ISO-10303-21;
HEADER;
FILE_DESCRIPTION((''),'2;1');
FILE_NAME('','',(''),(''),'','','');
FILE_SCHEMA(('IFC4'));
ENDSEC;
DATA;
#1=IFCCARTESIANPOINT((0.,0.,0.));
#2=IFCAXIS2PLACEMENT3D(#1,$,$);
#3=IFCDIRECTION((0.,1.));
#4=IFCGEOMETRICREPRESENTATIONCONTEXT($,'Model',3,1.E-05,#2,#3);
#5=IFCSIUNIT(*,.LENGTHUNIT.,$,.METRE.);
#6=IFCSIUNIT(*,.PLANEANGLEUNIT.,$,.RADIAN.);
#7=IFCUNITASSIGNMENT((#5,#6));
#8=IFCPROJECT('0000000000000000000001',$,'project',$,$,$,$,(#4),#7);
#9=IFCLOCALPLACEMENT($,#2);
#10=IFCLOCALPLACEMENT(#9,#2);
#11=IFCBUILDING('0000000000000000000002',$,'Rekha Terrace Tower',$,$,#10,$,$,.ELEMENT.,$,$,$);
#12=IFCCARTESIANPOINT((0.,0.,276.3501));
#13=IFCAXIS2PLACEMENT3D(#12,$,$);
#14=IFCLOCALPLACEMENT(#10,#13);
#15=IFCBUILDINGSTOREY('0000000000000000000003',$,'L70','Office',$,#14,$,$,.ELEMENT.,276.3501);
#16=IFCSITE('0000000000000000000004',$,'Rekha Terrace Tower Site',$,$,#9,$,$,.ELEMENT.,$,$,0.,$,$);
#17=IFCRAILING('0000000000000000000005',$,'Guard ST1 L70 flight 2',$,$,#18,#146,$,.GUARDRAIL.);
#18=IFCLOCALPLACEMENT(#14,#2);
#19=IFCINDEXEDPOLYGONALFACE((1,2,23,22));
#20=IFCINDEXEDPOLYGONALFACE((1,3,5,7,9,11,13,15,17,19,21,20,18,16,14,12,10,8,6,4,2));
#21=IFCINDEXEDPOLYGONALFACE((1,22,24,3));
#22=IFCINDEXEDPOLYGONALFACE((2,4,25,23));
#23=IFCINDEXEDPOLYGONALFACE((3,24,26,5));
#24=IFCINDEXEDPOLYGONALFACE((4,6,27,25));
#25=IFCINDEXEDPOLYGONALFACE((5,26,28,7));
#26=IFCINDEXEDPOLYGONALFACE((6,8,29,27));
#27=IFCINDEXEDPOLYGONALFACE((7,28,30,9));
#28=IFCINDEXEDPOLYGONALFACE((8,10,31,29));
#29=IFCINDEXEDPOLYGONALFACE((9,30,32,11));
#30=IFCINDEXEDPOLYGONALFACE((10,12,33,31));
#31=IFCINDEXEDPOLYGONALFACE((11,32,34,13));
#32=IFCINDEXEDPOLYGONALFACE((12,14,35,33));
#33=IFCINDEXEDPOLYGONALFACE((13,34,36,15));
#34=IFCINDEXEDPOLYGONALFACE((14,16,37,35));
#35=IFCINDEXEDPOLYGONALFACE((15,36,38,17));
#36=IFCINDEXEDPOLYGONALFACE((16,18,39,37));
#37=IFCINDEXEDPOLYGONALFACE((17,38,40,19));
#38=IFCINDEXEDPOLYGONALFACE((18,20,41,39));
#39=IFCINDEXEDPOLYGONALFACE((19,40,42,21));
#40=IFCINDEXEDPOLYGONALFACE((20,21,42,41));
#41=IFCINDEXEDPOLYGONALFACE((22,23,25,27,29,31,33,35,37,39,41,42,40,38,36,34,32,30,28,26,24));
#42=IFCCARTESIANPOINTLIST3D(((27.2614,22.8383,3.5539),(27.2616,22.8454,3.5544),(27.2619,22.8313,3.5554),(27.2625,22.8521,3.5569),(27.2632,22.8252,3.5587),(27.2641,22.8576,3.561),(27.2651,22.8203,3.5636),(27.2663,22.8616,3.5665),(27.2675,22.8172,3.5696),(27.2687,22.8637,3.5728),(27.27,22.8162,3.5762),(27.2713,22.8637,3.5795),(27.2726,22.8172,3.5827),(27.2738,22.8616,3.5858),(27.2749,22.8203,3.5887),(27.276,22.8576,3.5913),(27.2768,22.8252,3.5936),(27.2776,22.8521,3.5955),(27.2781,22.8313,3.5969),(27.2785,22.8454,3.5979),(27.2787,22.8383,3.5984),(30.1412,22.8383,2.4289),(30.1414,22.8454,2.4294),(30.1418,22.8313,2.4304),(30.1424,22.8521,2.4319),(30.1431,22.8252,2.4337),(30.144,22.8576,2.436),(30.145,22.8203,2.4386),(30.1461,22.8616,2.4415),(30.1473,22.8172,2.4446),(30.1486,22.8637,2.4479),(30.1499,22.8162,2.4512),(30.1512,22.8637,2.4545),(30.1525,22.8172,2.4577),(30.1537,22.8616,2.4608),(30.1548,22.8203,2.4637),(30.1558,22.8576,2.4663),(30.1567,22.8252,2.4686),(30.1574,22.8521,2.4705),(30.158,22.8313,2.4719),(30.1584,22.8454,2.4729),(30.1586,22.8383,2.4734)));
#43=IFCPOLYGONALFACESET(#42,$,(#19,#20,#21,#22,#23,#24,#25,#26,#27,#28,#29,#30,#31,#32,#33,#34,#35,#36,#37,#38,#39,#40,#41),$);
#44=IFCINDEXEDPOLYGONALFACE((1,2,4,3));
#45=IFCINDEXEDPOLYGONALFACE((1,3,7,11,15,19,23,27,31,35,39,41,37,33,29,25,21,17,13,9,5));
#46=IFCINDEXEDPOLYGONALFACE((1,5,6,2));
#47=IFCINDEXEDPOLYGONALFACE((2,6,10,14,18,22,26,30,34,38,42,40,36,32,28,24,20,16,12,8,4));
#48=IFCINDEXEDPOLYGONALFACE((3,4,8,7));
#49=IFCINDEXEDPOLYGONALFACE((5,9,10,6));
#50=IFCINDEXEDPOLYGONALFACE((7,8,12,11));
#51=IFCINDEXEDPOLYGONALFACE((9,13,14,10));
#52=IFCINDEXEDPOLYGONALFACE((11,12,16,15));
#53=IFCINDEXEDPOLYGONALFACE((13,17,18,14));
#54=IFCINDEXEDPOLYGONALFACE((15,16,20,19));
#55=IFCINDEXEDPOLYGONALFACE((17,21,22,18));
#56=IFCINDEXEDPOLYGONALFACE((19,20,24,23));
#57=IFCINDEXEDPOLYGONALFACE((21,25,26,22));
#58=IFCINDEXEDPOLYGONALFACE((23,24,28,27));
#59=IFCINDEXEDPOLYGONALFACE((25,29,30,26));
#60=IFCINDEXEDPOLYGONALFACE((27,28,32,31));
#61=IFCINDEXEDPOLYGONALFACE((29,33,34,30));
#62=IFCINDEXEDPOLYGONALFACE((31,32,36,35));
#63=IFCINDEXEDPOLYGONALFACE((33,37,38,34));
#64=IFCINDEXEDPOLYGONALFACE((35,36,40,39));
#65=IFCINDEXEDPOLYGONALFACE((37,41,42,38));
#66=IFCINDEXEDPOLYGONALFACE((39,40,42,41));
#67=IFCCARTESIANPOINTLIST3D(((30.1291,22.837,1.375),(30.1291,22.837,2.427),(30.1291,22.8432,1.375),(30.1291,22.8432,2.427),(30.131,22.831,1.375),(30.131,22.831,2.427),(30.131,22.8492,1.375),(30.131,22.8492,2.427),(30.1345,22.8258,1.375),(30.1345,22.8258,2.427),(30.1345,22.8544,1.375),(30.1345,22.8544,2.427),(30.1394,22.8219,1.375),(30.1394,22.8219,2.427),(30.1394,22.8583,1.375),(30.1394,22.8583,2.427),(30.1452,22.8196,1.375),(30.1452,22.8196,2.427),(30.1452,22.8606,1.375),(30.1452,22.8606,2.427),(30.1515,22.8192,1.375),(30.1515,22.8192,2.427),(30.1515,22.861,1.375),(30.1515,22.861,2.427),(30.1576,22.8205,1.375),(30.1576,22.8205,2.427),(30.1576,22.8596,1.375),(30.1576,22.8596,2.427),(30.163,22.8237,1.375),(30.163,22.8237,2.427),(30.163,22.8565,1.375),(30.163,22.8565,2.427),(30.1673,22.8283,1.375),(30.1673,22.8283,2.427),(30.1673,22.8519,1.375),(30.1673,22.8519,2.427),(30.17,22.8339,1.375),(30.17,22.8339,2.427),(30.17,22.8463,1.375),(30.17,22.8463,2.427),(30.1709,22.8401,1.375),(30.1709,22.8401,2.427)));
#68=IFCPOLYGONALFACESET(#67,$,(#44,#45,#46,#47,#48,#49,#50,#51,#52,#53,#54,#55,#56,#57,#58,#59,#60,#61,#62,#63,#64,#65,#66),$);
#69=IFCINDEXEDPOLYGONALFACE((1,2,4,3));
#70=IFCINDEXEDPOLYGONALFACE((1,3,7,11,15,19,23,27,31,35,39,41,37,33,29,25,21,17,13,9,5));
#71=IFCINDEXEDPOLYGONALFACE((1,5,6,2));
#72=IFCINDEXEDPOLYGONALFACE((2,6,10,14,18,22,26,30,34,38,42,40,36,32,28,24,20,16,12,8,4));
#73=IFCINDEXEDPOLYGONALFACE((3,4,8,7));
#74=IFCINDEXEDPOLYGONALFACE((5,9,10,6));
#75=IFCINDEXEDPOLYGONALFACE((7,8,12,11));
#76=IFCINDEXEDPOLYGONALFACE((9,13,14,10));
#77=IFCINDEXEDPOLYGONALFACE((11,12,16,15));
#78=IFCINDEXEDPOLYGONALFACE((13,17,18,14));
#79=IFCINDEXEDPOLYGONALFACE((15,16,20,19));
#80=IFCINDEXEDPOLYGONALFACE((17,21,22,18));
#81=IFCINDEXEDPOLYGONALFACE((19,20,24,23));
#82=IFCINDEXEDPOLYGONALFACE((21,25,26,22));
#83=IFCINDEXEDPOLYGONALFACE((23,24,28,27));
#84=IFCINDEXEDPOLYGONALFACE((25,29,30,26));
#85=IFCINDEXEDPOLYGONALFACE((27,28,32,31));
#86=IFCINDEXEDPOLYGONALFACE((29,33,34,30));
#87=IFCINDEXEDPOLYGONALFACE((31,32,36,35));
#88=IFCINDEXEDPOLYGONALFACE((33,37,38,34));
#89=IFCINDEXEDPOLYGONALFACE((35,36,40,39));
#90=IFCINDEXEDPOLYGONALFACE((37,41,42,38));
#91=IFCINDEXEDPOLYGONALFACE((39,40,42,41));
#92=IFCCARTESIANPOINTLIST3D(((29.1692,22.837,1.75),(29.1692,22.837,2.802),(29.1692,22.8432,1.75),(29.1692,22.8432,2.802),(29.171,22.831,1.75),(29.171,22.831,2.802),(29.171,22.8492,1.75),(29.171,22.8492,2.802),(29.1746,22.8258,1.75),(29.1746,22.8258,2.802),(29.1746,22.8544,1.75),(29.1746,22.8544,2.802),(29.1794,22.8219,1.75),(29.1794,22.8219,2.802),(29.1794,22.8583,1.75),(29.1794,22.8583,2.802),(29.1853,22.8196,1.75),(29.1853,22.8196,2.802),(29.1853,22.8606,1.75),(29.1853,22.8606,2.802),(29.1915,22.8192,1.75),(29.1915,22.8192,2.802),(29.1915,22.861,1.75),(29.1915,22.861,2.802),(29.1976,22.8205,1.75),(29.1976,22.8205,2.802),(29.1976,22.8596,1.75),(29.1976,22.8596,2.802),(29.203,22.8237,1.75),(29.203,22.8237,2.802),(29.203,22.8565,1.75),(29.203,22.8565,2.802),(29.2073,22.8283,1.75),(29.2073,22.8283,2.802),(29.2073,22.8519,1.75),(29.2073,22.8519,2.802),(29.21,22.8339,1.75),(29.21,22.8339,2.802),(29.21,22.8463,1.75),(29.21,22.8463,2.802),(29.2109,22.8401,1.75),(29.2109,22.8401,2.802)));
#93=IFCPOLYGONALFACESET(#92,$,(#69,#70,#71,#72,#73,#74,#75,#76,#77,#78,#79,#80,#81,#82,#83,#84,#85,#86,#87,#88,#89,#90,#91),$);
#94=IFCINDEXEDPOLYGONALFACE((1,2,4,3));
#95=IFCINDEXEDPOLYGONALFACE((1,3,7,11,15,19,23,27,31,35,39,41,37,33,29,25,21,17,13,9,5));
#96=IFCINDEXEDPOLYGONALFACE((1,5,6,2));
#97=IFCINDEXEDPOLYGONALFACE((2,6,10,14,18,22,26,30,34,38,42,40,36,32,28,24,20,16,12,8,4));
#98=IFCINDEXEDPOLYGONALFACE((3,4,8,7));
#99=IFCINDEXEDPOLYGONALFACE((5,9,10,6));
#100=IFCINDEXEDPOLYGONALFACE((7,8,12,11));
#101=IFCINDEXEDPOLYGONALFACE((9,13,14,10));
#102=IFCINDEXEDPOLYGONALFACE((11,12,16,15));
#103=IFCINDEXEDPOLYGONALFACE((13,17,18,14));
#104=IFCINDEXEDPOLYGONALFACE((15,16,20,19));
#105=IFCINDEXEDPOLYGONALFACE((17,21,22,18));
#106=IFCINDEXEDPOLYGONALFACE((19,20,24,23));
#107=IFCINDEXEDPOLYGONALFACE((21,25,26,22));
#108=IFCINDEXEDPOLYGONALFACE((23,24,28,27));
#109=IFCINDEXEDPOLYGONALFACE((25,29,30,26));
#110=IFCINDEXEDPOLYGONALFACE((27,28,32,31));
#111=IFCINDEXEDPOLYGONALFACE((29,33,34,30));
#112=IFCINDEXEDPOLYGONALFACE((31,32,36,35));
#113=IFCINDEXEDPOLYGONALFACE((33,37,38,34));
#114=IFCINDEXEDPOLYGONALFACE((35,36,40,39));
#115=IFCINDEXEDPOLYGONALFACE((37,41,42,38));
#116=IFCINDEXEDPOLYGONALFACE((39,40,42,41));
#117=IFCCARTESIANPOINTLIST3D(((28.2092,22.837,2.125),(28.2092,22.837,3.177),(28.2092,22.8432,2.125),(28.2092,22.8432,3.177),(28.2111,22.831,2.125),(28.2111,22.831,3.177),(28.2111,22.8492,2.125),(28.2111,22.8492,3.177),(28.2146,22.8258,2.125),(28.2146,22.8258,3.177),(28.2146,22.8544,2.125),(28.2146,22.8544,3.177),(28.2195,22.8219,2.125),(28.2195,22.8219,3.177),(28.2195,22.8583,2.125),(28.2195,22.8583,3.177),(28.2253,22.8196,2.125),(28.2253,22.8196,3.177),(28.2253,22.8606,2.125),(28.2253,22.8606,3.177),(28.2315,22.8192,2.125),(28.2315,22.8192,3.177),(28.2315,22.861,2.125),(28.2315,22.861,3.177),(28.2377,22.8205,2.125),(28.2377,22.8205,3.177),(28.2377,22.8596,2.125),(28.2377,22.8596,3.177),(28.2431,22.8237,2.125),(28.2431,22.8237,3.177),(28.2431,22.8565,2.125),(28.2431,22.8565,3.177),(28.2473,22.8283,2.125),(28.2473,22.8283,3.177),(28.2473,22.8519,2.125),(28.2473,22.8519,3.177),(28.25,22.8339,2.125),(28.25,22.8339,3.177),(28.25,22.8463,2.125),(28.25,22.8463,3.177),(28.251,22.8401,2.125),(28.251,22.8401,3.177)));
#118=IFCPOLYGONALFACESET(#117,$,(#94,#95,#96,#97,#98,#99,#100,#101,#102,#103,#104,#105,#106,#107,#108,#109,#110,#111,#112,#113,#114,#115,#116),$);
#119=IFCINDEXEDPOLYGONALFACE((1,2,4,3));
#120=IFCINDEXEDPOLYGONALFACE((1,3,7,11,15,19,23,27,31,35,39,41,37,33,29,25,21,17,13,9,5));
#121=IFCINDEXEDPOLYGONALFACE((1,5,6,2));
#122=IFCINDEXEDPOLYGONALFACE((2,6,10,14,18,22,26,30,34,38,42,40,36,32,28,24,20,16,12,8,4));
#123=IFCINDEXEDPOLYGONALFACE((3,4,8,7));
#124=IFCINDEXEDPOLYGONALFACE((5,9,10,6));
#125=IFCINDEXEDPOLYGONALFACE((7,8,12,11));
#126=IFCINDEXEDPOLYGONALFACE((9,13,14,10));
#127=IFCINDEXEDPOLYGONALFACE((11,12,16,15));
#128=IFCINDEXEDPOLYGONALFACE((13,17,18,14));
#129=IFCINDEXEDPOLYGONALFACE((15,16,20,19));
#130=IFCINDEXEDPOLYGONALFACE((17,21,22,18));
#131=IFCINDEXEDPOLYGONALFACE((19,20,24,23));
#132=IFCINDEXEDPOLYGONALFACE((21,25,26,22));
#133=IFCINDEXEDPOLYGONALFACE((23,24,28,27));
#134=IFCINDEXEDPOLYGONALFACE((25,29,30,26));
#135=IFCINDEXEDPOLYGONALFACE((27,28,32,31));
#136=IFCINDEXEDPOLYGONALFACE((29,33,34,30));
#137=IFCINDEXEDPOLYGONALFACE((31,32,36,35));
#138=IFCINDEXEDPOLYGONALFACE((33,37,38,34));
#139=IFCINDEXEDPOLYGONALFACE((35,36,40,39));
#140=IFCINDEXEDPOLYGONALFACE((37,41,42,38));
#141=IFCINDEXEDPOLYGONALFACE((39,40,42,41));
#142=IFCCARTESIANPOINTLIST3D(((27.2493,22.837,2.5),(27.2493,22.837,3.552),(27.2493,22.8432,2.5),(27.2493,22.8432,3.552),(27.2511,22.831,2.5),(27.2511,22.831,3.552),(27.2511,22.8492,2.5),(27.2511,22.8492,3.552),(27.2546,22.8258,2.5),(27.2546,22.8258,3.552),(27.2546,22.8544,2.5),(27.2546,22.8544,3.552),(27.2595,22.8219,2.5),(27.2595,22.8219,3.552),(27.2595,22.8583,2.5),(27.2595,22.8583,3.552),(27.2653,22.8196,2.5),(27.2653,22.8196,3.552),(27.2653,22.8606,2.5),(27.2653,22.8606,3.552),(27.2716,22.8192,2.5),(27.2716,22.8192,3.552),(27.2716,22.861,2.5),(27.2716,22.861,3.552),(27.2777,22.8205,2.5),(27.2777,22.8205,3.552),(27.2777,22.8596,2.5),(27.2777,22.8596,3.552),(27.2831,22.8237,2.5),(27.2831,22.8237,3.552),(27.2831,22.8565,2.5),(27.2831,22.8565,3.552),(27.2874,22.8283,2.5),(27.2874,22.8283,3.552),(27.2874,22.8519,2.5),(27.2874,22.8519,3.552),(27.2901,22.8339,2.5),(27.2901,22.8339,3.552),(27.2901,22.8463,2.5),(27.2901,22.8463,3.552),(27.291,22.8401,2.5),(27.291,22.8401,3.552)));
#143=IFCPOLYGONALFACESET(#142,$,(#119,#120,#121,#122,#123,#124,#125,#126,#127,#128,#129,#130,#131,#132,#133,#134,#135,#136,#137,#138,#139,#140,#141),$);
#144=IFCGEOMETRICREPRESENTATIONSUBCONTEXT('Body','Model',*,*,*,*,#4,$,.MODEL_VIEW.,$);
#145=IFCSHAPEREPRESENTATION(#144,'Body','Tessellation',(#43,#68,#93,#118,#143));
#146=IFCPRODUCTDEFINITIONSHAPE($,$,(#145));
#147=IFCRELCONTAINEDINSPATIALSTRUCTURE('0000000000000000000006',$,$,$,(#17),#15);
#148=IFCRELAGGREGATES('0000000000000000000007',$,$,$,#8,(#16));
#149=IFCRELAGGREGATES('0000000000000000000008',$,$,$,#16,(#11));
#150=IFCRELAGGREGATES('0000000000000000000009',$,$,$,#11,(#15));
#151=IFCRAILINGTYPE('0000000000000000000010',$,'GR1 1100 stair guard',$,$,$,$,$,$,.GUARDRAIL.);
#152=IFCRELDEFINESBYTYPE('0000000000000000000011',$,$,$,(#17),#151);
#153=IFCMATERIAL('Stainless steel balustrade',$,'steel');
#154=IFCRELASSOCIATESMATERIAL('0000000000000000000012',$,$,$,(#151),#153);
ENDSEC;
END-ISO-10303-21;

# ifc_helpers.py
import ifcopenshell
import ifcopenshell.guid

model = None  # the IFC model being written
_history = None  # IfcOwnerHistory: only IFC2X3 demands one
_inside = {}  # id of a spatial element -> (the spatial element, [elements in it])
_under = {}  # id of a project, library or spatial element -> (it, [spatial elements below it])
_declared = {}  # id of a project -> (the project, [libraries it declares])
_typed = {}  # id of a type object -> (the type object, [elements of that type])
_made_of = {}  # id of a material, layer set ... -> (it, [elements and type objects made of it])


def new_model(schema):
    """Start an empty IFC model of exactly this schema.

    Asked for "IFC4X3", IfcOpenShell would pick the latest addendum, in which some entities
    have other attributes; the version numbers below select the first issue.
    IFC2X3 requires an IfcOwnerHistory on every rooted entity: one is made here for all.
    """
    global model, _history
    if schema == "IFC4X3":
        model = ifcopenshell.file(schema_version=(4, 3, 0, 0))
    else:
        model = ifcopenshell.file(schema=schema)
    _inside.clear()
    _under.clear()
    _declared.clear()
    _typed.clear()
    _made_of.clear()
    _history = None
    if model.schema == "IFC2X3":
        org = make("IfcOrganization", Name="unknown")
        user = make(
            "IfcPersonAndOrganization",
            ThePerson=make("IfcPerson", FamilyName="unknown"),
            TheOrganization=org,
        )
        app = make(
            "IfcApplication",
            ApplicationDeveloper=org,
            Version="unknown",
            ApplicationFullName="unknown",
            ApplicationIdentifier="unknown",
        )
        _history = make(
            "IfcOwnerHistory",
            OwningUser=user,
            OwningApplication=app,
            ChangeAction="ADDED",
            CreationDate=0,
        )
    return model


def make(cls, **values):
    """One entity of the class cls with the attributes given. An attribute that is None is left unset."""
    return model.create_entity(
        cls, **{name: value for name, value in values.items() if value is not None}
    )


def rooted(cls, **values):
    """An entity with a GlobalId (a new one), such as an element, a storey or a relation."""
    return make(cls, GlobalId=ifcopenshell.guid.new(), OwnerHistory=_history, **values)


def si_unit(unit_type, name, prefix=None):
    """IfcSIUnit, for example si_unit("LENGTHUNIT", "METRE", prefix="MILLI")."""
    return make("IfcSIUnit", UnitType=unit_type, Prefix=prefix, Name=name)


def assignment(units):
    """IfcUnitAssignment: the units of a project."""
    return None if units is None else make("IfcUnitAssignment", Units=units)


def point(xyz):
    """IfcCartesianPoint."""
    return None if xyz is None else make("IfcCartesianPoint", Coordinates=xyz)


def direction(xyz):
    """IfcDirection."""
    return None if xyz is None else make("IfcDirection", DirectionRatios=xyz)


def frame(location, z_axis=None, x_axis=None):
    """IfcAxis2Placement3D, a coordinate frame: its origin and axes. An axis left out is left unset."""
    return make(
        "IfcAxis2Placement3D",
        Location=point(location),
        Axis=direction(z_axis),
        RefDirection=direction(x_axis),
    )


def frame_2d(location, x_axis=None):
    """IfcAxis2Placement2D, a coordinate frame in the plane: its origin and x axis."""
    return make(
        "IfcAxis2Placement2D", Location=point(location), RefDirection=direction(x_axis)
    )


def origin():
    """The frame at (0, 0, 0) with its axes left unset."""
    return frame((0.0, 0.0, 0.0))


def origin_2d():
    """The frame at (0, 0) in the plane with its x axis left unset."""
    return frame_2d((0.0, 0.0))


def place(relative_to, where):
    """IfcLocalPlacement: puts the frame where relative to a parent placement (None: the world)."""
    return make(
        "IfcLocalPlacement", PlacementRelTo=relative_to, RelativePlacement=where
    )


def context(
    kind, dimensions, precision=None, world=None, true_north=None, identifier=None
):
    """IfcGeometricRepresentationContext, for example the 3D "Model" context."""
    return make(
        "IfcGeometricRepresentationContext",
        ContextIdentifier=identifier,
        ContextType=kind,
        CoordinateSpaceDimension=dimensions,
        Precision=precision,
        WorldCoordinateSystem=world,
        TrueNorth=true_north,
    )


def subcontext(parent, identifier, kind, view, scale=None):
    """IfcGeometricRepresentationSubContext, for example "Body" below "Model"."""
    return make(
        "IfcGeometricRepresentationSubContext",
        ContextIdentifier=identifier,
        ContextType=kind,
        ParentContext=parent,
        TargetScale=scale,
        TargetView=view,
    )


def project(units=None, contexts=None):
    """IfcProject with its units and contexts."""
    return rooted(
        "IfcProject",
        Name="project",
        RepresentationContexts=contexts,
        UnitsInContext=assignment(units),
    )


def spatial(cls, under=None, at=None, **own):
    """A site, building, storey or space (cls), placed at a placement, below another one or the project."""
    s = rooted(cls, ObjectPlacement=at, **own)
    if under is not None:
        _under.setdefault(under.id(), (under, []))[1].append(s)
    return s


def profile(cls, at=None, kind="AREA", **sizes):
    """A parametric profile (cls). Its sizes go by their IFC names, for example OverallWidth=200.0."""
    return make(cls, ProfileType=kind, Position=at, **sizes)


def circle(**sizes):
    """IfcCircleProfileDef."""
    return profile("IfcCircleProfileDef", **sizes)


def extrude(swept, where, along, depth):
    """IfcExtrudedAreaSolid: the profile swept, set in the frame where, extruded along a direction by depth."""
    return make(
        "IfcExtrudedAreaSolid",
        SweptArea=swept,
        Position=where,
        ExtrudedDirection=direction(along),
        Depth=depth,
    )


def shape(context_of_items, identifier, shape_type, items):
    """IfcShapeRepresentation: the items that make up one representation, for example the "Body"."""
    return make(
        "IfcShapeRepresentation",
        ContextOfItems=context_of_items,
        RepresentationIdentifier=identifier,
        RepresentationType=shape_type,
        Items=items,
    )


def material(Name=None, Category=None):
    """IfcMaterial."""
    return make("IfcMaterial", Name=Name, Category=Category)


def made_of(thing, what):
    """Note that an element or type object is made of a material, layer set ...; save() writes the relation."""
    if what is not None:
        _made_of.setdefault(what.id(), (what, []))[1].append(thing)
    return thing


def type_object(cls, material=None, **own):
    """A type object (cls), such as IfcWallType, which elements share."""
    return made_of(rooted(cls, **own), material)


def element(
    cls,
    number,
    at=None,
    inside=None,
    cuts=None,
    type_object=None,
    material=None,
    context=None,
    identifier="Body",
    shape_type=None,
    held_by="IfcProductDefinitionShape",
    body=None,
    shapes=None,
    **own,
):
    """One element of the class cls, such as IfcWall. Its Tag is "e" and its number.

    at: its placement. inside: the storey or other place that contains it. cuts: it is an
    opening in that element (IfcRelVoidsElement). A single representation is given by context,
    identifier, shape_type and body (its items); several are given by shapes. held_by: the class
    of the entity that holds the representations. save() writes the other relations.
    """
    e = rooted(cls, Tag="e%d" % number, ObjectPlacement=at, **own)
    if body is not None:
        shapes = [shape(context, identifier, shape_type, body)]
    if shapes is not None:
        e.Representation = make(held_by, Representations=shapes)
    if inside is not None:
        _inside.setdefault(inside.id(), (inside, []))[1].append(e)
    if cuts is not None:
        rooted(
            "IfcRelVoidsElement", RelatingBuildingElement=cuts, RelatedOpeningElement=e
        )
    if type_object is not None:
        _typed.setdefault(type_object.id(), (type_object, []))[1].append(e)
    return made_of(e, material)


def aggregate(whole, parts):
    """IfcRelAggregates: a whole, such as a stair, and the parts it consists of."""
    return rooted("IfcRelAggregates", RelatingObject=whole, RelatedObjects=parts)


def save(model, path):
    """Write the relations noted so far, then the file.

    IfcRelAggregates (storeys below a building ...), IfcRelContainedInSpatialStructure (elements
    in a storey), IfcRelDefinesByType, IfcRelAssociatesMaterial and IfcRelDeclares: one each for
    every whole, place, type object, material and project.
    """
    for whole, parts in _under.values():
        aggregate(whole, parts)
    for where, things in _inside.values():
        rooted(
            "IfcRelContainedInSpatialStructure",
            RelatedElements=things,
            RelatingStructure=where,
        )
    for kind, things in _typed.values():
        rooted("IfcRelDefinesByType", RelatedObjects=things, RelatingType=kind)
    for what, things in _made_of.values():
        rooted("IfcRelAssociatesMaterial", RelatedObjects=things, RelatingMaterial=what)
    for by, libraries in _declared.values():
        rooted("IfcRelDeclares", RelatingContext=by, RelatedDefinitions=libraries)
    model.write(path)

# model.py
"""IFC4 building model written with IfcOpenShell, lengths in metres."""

from ifc_helpers import new_model, si_unit, direction, frame, origin, origin_2d, place, context, subcontext, project, spatial, circle, extrude, material, type_object, element, save


model = new_model("IFC4")

# Units and contexts
model_context = context("Model", 3, precision=1e-05, world=origin(), true_north=direction((0.0, 1.0)))
body_context = subcontext(model_context, "Body", "Model", "MODEL_VIEW")
ifc_project = project(units=[si_unit("LENGTHUNIT", "METRE"), si_unit("PLANEANGLEUNIT", "RADIAN")], contexts=[model_context])

# Site, building, storey
site_placement = place(None, origin())
site = spatial("IfcSite", under=ifc_project, at=site_placement, Name="Rekha Terrace Tower Site", CompositionType="ELEMENT", RefElevation=0.0)
building_placement = place(site_placement, origin())
building = spatial("IfcBuilding", under=site, at=building_placement, Name="Rekha Terrace Tower", CompositionType="ELEMENT")
storey_placement = place(building_placement, frame((0.0, 0.0, 276.3501)))
storey = spatial("IfcBuildingStorey", under=building, at=storey_placement, Name="L70", Description="Office", CompositionType="ELEMENT", Elevation=276.3501)

# Railing
ifc_material_1 = material(Name="Stainless steel balustrade", Category="steel")
railing_type_1 = type_object("IfcRailingType", Name="GR1 1100 stair guard", PredefinedType="GUARDRAIL", material=ifc_material_1)
railing_1_placement = place(storey_placement, frame((30.1499, 22.8401, 1.375)))
element("IfcRailing", 1, at=railing_1_placement, inside=storey, type_object=railing_type_1, Name="Guard ST1 L70 flight 2", PredefinedType="GUARDRAIL", context=body_context, shape_type="SweptSolid", body=[
    extrude(circle(Radius=0.0239, at=origin_2d()), frame((0.0, 0.0, 1.0762), z_axis=(-0.931452, 0.0, 0.363863), x_axis=(0.0, -1.0, 0.0)), (0.0, 0.0, 1.0), 3.0918),
    extrude(circle(Radius=0.021, at=origin_2d()), origin(), (0.0, 0.0, 1.0), 1.052),
    extrude(circle(Radius=0.021, at=origin_2d()), frame((-0.96, 0.0, 0.375)), (0.0, 0.0, 1.0), 1.052),
    extrude(circle(Radius=0.021, at=origin_2d()), frame((-1.9199, 0.0, 0.75)), (0.0, 0.0, 1.0), 1.052),
    extrude(circle(Radius=0.021, at=origin_2d()), frame((-2.8799, 0.0, 1.125)), (0.0, 0.0, 1.0), 1.052),
])

save(model, "model.ifc")
